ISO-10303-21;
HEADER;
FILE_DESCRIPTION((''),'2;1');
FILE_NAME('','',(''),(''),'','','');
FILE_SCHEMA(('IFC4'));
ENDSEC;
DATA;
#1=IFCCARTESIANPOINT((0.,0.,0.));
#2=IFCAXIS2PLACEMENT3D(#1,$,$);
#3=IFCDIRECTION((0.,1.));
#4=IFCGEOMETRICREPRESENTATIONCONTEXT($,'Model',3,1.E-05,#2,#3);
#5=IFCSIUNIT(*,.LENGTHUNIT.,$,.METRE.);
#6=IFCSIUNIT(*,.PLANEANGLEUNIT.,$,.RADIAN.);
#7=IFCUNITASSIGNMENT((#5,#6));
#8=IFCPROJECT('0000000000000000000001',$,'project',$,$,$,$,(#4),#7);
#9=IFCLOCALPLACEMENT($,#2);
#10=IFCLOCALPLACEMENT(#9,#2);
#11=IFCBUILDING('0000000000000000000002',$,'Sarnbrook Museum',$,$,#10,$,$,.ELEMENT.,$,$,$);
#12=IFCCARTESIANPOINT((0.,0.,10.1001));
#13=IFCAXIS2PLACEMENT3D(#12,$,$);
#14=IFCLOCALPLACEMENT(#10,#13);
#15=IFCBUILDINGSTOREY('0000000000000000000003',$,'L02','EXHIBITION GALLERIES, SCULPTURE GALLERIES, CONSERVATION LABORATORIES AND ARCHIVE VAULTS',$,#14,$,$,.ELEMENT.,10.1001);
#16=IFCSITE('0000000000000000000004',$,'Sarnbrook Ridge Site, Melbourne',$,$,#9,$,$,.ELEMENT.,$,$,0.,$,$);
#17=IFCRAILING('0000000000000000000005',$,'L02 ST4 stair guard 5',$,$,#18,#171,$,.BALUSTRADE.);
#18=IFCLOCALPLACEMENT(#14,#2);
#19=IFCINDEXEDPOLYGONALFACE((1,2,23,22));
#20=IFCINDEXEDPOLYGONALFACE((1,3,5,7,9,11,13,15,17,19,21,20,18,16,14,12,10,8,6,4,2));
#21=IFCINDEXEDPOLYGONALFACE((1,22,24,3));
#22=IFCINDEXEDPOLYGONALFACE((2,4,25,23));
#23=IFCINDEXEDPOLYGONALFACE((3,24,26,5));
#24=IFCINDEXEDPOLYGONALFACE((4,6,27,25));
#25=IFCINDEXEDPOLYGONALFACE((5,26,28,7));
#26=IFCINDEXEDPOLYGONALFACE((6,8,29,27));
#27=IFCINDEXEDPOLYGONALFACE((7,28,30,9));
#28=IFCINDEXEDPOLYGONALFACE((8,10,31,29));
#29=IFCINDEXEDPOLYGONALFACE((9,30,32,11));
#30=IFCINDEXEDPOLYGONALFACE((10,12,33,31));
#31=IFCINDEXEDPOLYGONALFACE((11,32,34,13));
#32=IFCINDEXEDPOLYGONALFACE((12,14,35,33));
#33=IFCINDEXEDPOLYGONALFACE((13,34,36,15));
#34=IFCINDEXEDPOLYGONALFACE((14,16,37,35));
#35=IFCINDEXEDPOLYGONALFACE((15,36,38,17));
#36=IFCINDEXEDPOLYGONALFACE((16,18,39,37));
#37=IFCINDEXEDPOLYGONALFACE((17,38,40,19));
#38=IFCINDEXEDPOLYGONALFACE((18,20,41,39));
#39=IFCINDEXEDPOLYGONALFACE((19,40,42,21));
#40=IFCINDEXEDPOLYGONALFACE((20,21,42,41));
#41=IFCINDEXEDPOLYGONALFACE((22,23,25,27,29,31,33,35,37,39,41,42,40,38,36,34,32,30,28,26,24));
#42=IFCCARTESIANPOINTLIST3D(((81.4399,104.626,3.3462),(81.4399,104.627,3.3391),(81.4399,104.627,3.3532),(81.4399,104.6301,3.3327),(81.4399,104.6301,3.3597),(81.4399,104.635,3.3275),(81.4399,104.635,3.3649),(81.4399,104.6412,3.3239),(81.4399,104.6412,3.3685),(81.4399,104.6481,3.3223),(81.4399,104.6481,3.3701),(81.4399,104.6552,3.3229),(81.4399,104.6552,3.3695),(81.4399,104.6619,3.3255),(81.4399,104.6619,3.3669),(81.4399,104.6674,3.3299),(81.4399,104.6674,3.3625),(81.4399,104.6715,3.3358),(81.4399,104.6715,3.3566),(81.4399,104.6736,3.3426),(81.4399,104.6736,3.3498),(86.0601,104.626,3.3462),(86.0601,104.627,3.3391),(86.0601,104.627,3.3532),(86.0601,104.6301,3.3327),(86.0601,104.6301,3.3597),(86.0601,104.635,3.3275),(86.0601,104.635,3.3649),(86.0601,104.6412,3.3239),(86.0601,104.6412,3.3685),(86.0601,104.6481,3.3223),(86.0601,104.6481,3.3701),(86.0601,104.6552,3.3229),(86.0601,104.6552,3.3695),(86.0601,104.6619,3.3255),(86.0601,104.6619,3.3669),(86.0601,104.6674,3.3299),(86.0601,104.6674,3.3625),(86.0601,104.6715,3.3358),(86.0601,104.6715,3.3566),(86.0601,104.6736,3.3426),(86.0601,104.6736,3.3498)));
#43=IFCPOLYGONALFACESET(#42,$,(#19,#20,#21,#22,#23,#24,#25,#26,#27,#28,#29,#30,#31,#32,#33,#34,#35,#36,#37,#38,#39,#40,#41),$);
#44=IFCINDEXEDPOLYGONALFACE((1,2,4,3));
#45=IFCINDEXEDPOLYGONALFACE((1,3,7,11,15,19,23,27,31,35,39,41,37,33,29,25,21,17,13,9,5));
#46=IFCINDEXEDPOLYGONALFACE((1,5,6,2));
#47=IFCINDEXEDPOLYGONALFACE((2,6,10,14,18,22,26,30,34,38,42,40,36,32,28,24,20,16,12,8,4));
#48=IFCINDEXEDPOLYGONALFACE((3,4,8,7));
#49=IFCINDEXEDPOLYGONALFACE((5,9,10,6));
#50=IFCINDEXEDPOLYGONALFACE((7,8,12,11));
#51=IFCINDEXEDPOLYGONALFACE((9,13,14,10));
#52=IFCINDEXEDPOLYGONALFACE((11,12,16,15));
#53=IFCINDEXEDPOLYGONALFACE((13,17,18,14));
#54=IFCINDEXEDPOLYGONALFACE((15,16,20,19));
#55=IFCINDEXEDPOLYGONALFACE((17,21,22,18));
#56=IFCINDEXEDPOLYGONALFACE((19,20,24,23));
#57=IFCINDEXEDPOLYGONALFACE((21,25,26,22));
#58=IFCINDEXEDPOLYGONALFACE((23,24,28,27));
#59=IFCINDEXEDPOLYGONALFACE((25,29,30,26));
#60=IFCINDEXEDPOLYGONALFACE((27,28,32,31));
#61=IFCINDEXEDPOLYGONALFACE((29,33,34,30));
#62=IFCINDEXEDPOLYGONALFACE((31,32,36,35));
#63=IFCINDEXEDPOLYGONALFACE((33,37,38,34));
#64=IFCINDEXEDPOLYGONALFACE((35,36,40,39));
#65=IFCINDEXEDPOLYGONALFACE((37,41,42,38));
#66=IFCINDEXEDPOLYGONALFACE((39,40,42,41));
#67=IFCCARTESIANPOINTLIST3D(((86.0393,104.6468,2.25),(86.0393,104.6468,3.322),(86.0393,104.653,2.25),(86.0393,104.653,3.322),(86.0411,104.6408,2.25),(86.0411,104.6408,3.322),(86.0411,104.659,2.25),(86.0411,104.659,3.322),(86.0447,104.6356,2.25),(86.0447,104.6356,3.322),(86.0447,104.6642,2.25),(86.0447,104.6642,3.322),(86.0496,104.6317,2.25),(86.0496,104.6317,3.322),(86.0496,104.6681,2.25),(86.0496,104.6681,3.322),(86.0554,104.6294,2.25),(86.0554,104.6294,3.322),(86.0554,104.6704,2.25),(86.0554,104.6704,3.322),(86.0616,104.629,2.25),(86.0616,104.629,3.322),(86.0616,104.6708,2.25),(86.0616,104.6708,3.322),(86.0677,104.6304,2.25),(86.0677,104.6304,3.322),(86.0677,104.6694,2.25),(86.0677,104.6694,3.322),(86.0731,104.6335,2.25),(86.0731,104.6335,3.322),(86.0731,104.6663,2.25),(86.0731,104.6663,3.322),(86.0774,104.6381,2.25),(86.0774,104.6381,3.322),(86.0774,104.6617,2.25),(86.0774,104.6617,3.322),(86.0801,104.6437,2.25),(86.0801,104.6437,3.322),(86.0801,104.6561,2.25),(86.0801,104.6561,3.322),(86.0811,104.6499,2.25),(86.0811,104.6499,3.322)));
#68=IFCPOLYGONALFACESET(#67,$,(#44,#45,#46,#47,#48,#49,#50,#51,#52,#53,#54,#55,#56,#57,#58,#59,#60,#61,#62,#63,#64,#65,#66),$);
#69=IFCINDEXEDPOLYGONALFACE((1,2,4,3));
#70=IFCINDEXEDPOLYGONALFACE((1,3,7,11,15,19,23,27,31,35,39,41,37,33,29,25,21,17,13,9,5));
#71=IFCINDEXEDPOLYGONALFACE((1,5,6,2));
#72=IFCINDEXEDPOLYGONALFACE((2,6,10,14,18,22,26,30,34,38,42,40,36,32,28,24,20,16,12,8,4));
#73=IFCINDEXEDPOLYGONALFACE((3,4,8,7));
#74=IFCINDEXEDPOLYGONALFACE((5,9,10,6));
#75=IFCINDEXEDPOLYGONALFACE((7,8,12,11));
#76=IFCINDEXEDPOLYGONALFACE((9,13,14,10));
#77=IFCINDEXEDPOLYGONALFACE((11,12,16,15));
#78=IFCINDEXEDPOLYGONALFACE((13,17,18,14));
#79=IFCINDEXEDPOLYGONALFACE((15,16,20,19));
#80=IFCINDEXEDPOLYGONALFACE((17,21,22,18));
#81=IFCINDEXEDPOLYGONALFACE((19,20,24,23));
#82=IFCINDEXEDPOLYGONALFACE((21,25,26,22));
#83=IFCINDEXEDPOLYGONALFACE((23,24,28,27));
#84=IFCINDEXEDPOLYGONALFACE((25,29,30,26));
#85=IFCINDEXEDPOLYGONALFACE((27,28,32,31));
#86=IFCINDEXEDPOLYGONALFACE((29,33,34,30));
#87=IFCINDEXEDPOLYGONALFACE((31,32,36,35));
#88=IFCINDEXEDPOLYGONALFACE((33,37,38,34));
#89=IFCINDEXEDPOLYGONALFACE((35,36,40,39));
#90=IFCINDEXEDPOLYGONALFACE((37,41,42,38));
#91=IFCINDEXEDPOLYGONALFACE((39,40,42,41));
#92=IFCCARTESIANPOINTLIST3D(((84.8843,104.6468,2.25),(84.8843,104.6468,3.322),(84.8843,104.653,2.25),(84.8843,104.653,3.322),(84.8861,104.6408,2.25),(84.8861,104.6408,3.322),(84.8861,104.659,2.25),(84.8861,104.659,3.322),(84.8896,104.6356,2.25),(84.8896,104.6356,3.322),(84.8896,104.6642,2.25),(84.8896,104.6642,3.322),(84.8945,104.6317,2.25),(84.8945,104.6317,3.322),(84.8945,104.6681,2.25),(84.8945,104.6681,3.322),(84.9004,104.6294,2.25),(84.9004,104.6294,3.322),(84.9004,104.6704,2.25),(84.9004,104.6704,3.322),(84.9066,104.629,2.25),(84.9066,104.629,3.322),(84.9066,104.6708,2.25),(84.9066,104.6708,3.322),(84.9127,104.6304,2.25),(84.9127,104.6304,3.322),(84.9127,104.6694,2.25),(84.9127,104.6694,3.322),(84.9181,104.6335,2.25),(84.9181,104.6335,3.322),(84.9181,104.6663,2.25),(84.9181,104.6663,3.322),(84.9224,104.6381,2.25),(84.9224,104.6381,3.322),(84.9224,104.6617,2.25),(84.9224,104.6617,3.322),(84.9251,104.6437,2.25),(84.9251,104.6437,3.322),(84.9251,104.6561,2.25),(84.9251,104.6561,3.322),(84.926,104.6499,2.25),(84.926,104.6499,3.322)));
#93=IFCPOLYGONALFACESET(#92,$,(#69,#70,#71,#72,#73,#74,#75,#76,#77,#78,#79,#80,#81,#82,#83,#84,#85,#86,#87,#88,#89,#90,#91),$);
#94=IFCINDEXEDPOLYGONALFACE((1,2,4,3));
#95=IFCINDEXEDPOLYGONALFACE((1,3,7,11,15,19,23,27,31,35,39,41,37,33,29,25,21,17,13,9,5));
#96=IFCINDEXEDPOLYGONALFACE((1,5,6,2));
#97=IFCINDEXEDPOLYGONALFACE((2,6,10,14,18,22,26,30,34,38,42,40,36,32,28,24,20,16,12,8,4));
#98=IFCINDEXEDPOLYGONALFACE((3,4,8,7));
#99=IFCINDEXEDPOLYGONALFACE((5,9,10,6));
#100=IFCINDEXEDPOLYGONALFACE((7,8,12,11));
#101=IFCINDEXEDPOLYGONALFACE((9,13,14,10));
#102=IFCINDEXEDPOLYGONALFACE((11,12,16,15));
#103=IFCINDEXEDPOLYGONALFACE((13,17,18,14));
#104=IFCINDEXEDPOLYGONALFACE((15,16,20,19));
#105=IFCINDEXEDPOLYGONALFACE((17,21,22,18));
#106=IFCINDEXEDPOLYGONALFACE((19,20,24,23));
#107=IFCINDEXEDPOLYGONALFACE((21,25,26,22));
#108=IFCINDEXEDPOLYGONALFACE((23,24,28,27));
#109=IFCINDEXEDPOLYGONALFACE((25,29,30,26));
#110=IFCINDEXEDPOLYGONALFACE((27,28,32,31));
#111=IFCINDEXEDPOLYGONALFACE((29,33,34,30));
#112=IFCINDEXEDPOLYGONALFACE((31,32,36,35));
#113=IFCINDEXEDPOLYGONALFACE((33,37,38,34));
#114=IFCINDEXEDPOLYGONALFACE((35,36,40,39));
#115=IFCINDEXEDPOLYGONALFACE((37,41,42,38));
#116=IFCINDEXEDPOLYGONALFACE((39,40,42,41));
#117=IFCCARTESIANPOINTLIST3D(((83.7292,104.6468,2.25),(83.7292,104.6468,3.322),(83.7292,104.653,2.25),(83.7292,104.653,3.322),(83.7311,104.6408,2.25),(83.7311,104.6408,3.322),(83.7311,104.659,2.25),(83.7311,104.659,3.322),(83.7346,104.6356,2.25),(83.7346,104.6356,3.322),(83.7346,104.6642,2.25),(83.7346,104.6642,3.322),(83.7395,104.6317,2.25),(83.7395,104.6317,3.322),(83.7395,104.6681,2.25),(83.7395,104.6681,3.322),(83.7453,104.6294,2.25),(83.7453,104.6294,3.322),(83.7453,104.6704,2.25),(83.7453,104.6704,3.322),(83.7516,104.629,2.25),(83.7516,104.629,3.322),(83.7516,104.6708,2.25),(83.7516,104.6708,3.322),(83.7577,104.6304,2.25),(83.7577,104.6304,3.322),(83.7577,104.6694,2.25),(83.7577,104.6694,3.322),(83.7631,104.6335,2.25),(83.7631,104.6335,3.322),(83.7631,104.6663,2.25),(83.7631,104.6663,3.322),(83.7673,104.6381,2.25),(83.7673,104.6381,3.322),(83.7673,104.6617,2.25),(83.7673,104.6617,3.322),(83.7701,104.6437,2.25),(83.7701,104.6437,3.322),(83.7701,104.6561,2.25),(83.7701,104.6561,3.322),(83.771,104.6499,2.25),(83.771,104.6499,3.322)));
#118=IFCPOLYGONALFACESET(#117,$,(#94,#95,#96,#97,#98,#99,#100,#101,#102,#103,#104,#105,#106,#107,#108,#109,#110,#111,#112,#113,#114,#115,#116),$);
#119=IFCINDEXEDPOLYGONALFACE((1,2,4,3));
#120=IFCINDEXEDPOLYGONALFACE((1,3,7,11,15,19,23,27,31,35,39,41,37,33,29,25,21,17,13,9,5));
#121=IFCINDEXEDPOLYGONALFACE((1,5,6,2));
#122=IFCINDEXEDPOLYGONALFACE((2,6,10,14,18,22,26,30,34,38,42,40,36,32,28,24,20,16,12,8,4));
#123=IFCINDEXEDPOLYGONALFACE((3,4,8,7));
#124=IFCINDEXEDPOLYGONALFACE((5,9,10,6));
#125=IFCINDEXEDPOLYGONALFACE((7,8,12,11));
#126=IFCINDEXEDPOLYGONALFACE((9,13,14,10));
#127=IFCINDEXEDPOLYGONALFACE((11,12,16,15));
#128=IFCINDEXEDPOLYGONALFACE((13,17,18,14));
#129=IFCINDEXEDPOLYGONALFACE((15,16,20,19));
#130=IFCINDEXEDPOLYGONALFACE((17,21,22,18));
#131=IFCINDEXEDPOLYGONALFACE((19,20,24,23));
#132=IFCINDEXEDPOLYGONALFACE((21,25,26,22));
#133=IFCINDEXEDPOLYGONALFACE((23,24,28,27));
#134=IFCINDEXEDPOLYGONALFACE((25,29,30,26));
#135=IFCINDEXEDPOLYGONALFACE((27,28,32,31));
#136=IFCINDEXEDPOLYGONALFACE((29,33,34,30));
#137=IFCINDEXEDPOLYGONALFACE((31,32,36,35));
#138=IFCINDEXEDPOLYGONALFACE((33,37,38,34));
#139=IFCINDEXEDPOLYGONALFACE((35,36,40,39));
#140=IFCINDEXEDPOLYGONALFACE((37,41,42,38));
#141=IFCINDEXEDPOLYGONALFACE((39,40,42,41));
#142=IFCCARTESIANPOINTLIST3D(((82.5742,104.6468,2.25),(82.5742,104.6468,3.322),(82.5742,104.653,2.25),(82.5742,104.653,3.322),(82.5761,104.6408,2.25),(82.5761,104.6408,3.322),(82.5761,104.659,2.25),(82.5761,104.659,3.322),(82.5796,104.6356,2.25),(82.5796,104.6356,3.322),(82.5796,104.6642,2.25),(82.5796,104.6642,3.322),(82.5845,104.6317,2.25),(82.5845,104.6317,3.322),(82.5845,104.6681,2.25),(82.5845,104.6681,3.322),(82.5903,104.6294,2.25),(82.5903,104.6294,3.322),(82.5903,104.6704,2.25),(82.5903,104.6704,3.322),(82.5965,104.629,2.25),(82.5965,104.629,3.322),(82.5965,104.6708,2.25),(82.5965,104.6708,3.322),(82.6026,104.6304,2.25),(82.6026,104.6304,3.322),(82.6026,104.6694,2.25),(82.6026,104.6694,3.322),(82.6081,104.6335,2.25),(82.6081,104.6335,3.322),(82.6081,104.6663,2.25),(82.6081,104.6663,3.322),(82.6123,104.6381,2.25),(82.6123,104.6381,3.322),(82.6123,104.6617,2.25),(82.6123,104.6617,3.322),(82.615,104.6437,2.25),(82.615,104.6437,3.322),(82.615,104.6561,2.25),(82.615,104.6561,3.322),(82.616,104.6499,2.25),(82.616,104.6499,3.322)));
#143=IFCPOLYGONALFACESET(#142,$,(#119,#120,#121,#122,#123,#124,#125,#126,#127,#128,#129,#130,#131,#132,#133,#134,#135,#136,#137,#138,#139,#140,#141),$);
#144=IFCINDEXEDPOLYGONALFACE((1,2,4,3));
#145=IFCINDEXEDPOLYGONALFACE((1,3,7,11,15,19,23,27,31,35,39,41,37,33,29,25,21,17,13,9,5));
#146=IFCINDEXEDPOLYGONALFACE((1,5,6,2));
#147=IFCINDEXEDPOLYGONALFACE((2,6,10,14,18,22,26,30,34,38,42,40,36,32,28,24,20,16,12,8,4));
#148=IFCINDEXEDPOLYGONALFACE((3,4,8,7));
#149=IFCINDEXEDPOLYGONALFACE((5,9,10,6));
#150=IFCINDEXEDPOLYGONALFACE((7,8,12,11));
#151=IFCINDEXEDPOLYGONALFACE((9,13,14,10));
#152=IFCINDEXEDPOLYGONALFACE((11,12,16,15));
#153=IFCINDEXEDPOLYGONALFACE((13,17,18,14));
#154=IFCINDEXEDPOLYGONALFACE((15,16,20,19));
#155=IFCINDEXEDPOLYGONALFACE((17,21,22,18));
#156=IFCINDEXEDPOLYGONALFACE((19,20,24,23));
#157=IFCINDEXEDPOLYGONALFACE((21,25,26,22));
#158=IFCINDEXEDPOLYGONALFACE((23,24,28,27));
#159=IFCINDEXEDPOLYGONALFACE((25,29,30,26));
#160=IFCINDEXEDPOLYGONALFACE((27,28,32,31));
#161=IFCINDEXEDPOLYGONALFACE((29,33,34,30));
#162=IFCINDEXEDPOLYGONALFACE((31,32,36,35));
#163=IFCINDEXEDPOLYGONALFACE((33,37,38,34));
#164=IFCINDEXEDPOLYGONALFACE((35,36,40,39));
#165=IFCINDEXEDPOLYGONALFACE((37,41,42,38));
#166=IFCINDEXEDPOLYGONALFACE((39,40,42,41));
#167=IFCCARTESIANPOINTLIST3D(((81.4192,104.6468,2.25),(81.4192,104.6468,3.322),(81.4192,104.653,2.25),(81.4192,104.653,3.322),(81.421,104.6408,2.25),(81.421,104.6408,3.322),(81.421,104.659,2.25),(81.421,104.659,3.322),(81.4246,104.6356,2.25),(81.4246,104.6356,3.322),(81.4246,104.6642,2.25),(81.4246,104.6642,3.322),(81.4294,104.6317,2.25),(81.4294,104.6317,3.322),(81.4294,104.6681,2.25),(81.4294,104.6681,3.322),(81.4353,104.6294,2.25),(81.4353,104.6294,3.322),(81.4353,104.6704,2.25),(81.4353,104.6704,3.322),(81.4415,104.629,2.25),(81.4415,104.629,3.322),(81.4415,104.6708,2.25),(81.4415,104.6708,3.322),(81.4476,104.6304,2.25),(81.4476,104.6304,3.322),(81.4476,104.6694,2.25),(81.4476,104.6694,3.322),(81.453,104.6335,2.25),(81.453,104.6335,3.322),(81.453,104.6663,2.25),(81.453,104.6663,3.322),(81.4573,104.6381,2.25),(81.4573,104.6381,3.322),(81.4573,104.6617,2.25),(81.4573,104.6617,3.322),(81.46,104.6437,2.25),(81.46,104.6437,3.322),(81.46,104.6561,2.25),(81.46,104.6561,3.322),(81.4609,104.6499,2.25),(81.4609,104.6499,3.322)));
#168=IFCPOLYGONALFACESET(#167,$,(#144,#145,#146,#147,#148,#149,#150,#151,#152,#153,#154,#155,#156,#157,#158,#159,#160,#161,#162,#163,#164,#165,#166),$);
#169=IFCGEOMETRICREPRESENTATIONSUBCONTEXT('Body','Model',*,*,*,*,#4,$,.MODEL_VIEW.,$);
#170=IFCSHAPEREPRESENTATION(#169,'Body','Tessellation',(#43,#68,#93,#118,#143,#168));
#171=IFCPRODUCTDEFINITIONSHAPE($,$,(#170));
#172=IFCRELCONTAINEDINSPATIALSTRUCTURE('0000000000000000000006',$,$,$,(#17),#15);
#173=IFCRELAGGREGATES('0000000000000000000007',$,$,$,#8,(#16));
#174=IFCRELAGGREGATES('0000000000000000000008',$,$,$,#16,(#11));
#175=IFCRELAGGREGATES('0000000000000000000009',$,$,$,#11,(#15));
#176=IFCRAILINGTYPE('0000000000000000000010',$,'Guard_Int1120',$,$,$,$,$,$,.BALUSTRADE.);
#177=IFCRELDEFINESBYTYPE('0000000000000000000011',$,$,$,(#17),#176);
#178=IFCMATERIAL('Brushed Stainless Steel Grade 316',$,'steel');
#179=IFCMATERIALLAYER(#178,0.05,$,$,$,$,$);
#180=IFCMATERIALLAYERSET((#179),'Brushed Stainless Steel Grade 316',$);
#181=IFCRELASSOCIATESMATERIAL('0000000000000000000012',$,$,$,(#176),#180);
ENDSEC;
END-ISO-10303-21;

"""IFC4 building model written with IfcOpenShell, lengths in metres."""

from ifc_helpers import new_model, si_unit, direction, frame, origin, origin_2d, place, context, subcontext, project, spatial, circle, extrude, material, layer, layer_set, type_object, element, save


model = new_model("IFC4")

# Units and contexts
model_context = context("Model", 3, precision=1e-05, world=origin(), true_north=direction((0.0, 1.0)))
body_context = subcontext(model_context, "Body", "Model", "MODEL_VIEW")
ifc_project = project(units=[si_unit("LENGTHUNIT", "METRE"), si_unit("PLANEANGLEUNIT", "RADIAN")], contexts=[model_context])

# Site, building, storey
site_placement = place(None, origin())
site = spatial("IfcSite", under=ifc_project, at=site_placement, Name="Sarnbrook Ridge Site, Melbourne", CompositionType="ELEMENT", RefElevation=0.0)
building_placement = place(site_placement, origin())
building = spatial("IfcBuilding", under=site, at=building_placement, Name="Sarnbrook Museum", CompositionType="ELEMENT")
storey_placement = place(building_placement, frame((0.0, 0.0, 10.1001)))
storey = spatial("IfcBuildingStorey", under=building, at=storey_placement, Name="L02", Description="EXHIBITION GALLERIES, SCULPTURE GALLERIES, CONSERVATION LABORATORIES AND ARCHIVE VAULTS", CompositionType="ELEMENT", Elevation=10.1001)

# Shared definitions
ifc_material_1 = material(Name="Brushed Stainless Steel Grade 316", Category="steel")

# Railing
ifc_layer_1 = layer(ifc_material_1, 0.05)
ifc_layer_set_1 = layer_set([ifc_layer_1], Name="Brushed Stainless Steel Grade 316")
railing_type_1 = type_object("IfcRailingType", Name="Guard_Int1120", PredefinedType="BALUSTRADE", material=ifc_layer_set_1)
railing_1_placement = place(storey_placement, frame((86.0601, 104.6499, 2.25)))
element("IfcRailing", 1, at=railing_1_placement, inside=storey, type_object=railing_type_1, Name="L02 ST4 stair guard 5", PredefinedType="BALUSTRADE", context=body_context, shape_type="SweptSolid", body=[
    extrude(circle(Radius=0.0239, at=origin_2d()), frame((0.0, 0.0, 1.0962), z_axis=(-1.0, 0.0, 0.0), x_axis=(0.0, -1.0, 0.0)), (0.0, 0.0, 1.0), 4.6201),
    extrude(circle(Radius=0.021, at=origin_2d()), origin(), (0.0, 0.0, 1.0), 1.072),
    extrude(circle(Radius=0.021, at=origin_2d()), frame((-1.155, 0.0, 0.0)), (0.0, 0.0, 1.0), 1.072),
    extrude(circle(Radius=0.021, at=origin_2d()), frame((-2.3101, 0.0, 0.0)), (0.0, 0.0, 1.0), 1.072),
    extrude(circle(Radius=0.021, at=origin_2d()), frame((-3.4651, 0.0, 0.0)), (0.0, 0.0, 1.0), 1.072),
    extrude(circle(Radius=0.021, at=origin_2d()), frame((-4.6201, 0.0, 0.0)), (0.0, 0.0, 1.0), 1.072),
])

save(model, "model.ifc")
